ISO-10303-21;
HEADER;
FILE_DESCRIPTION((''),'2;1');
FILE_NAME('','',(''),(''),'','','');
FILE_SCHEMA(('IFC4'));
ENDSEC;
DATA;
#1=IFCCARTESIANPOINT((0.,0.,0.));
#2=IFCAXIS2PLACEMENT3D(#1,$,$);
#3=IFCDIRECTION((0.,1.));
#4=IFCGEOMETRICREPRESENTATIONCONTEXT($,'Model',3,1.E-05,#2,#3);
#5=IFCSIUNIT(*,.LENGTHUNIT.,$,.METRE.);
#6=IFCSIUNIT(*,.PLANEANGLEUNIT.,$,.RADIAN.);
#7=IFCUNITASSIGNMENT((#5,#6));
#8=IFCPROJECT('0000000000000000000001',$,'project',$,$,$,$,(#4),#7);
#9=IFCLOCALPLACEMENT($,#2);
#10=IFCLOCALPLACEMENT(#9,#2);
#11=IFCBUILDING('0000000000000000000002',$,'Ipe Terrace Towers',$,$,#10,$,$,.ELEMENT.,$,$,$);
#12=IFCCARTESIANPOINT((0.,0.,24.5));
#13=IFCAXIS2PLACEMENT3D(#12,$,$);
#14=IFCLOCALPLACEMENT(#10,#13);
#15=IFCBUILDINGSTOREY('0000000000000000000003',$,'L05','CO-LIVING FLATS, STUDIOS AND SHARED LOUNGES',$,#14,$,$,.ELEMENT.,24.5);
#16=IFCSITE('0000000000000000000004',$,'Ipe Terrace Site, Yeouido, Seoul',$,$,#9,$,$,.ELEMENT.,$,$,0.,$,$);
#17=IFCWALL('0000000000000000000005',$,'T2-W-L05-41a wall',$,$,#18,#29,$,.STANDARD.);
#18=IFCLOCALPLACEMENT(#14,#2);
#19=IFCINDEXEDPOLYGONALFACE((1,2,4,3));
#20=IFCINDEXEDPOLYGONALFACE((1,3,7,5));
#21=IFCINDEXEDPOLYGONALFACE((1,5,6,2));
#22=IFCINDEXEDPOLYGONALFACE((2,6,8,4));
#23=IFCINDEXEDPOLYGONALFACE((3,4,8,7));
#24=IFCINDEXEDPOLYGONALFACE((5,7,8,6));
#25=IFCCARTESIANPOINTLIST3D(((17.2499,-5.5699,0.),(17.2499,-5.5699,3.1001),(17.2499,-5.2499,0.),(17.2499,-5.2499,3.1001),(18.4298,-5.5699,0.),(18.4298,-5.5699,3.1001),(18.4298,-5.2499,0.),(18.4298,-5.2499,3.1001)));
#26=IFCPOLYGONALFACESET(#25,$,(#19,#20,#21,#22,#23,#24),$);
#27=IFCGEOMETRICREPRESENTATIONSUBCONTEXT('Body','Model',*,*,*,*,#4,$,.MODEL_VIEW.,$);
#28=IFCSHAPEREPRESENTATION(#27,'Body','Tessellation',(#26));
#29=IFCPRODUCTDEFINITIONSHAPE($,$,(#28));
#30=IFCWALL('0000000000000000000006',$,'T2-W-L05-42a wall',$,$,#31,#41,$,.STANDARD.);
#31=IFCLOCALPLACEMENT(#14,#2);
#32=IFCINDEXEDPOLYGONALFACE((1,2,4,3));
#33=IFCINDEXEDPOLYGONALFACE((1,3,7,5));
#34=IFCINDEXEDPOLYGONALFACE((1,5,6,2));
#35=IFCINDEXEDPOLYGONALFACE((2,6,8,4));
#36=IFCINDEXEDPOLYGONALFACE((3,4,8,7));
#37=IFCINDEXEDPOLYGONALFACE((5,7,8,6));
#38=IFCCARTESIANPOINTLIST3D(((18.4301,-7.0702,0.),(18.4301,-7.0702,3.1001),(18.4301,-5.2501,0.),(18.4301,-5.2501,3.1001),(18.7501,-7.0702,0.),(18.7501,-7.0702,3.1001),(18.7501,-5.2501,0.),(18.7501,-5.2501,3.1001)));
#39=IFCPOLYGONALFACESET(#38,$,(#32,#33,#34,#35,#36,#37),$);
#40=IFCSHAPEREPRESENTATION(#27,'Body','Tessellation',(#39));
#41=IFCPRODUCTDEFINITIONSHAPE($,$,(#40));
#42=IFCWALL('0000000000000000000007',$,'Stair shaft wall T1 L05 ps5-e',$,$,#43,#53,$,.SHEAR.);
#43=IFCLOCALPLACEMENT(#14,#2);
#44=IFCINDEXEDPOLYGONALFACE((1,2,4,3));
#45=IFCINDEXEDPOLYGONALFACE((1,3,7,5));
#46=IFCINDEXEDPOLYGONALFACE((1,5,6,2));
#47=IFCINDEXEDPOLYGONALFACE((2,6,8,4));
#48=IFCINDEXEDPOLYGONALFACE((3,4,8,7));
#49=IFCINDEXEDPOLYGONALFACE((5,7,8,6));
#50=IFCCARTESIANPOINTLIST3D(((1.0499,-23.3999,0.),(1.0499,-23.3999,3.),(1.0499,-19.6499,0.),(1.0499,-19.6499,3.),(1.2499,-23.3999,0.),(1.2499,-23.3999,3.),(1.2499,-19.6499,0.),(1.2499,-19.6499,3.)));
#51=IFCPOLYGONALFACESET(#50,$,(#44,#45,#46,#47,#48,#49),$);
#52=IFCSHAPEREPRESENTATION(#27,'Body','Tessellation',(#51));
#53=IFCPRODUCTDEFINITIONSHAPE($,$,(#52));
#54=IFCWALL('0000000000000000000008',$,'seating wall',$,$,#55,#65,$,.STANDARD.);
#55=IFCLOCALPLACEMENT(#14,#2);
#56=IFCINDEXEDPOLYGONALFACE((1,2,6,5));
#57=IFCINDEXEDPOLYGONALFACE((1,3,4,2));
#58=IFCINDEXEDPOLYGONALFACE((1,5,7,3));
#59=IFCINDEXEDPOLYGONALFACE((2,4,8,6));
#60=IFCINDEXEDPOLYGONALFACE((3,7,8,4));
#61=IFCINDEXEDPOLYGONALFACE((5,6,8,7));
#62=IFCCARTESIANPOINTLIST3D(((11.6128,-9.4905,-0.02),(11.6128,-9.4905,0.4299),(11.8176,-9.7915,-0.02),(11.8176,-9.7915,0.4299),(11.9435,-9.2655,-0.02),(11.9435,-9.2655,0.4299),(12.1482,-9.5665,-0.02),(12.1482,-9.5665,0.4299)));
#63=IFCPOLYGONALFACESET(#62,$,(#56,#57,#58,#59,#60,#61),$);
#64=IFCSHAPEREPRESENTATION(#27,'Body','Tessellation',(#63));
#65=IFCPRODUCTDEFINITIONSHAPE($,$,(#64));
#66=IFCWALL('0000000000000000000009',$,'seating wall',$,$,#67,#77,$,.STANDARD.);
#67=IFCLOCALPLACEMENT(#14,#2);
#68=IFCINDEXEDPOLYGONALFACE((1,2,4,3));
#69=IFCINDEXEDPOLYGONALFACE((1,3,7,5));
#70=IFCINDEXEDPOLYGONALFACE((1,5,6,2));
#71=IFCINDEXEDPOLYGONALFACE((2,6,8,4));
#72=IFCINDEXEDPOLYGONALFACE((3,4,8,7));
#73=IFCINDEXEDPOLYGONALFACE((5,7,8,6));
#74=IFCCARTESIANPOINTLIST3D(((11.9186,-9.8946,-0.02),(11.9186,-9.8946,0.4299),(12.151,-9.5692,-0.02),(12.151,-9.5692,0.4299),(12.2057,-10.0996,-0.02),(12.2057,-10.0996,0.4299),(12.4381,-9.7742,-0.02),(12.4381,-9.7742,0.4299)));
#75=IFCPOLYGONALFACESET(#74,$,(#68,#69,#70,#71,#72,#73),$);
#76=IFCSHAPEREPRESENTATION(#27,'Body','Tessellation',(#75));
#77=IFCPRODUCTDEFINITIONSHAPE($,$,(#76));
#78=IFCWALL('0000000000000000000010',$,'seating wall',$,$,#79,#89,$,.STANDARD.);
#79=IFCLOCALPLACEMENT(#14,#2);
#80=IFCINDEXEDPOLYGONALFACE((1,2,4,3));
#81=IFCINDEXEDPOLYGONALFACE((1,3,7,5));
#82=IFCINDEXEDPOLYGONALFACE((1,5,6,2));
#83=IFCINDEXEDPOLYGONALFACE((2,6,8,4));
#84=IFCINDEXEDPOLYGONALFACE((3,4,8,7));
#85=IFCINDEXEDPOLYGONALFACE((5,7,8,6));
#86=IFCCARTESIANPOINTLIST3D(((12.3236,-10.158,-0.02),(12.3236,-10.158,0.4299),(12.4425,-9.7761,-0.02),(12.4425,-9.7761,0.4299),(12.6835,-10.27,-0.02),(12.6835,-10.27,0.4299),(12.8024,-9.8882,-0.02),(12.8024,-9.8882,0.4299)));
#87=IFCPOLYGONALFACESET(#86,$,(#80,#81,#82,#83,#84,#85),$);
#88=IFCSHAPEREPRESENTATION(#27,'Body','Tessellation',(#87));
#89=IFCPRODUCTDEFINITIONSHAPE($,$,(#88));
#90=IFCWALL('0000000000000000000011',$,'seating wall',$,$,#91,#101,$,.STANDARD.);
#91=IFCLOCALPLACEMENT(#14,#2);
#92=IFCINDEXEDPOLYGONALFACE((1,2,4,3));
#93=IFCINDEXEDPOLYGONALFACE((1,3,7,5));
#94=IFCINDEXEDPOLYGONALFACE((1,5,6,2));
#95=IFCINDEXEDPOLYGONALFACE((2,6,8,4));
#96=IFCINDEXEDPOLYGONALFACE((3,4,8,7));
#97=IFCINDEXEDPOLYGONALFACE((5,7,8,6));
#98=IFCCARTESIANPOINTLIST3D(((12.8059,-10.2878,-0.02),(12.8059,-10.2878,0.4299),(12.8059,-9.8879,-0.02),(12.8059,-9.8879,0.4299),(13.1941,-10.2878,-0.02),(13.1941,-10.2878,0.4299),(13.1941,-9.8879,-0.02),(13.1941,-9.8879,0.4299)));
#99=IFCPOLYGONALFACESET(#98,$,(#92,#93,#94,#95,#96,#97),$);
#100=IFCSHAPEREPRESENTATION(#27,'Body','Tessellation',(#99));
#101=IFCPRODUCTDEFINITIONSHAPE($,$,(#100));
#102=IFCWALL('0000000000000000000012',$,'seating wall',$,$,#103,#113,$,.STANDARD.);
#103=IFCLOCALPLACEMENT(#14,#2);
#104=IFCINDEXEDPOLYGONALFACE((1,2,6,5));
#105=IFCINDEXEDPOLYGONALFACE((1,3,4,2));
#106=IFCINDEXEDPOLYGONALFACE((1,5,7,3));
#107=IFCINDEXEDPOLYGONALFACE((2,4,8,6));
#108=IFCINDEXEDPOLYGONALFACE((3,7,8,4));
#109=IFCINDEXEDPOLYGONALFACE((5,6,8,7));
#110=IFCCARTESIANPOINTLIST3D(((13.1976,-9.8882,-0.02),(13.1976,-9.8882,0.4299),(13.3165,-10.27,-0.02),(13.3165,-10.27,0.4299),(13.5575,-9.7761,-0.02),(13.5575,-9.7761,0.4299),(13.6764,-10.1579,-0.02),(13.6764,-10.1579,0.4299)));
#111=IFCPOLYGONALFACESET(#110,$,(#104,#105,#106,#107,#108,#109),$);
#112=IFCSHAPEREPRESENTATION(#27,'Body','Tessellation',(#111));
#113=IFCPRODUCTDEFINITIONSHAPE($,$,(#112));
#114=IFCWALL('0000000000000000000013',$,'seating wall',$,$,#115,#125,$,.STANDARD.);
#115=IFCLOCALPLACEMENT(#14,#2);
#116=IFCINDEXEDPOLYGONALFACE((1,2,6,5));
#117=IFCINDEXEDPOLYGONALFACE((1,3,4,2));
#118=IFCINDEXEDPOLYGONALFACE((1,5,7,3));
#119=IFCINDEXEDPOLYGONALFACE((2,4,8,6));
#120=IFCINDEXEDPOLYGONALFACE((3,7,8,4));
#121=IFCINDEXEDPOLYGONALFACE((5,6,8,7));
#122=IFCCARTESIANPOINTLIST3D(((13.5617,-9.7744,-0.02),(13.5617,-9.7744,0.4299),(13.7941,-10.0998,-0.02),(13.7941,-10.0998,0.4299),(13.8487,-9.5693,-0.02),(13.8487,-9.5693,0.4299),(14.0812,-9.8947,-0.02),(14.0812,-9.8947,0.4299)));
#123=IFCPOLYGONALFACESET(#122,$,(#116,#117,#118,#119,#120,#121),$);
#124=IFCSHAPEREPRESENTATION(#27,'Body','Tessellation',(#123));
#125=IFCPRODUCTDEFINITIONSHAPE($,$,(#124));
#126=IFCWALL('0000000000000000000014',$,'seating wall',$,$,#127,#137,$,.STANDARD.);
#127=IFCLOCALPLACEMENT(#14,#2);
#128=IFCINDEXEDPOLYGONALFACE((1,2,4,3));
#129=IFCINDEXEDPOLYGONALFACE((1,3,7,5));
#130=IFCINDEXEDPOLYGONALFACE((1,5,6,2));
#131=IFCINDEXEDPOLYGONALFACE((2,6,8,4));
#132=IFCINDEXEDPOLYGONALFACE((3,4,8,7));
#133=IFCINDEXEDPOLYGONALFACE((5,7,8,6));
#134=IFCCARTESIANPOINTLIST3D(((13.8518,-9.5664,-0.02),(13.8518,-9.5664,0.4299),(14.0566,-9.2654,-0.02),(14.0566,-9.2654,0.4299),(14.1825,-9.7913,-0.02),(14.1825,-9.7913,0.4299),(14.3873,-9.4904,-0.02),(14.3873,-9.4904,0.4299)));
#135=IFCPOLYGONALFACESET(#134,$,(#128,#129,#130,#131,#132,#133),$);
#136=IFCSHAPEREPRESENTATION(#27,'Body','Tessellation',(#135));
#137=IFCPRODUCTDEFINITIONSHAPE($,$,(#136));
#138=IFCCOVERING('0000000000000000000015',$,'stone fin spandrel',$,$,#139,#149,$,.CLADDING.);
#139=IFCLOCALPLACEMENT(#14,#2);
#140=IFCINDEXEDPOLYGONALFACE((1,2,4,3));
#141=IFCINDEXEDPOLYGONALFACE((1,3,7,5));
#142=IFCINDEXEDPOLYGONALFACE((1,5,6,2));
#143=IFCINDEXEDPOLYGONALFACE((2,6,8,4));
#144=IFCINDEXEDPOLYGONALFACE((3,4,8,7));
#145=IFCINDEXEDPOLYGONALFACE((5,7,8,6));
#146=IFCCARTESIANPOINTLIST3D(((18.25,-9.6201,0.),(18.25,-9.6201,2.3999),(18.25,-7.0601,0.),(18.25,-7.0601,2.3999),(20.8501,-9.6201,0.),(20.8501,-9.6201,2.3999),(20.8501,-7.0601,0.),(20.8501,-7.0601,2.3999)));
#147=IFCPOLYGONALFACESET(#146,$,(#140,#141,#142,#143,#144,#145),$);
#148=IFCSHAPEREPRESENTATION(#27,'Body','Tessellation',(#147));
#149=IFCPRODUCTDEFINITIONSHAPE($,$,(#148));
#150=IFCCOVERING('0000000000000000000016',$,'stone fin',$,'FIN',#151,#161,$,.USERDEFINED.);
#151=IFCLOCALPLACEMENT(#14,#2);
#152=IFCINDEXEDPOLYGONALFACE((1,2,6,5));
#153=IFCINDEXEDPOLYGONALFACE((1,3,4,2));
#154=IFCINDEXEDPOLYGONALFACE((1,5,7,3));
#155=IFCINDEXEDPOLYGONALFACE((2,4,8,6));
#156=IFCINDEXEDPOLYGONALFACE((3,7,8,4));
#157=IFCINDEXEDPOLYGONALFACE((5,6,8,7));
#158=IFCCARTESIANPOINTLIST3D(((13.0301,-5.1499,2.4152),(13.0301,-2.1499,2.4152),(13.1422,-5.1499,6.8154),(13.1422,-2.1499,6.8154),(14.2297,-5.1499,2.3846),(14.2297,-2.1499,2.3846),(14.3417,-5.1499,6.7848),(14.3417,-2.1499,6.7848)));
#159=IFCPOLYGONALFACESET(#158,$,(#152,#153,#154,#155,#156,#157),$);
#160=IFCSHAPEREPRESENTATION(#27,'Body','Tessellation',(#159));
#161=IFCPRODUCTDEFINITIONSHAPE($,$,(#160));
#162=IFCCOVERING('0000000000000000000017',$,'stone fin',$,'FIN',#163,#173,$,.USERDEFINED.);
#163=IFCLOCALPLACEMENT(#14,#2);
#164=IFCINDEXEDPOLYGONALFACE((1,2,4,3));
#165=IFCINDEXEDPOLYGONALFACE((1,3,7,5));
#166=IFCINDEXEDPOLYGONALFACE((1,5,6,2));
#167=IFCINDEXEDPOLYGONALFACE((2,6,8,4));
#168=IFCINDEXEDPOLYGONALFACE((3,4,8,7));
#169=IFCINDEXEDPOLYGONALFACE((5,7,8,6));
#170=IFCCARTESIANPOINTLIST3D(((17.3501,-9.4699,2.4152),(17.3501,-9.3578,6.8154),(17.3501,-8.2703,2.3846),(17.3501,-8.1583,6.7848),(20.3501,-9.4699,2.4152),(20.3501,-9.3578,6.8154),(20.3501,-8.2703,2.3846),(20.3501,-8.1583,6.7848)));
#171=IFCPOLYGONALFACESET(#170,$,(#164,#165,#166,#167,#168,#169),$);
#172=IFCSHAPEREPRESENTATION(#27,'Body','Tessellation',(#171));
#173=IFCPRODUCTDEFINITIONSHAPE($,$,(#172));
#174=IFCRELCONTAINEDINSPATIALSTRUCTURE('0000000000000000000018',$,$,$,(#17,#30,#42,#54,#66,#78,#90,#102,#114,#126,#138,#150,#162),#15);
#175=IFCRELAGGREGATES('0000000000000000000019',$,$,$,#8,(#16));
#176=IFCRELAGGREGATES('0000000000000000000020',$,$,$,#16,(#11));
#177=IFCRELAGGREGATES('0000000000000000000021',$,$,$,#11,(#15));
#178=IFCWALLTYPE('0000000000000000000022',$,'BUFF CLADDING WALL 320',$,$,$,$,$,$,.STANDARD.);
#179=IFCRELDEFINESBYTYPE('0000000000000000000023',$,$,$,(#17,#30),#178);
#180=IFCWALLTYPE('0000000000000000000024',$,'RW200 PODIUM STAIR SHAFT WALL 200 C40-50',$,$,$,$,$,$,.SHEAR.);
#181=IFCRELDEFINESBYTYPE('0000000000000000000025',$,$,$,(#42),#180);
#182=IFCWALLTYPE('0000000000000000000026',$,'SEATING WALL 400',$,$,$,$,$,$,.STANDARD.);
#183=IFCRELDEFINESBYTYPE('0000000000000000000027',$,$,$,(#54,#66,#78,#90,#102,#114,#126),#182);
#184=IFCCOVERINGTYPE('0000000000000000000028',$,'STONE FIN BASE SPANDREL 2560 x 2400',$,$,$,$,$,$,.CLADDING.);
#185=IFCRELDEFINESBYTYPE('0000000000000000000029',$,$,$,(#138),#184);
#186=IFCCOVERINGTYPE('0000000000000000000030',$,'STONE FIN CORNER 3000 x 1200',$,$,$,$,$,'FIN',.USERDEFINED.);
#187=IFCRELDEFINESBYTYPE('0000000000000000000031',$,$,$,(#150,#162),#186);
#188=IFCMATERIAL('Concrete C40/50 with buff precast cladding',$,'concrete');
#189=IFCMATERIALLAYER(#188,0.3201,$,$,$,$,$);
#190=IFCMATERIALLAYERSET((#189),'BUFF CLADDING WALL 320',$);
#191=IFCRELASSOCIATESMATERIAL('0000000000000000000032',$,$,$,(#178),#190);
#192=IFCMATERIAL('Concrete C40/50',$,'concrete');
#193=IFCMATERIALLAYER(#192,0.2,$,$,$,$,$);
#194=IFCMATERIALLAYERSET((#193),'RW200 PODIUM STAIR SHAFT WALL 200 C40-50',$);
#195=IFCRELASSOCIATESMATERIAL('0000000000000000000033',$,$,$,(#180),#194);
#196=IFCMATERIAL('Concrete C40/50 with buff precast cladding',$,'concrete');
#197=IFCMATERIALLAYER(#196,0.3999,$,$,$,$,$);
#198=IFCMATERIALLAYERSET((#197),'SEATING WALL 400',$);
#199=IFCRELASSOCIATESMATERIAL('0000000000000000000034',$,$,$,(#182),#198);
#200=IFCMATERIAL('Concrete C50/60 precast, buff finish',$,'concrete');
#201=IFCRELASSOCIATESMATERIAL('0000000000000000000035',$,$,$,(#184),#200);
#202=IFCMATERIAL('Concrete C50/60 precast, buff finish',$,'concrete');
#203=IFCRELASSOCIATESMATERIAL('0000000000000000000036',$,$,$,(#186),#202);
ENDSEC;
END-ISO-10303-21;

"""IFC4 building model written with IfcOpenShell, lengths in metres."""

from ifc_helpers import new_model, si_unit, direction, frame, frame_2d, origin, origin_2d, place, context, subcontext, project, spatial, rectangle, extrude, material, layer, layer_set, material_profile, profile_set, type_object, element, save


model = new_model("IFC4")

# Units and contexts
model_context = context("Model", 3, precision=1e-05, world=origin(), true_north=direction((0.0, 1.0)))
body_context = subcontext(model_context, "Body", "Model", "MODEL_VIEW")
ifc_project = project(units=[si_unit("LENGTHUNIT", "METRE"), si_unit("PLANEANGLEUNIT", "RADIAN")], contexts=[model_context])

# Site, building, storey
site_placement = place(None, origin())
site = spatial("IfcSite", under=ifc_project, at=site_placement, Name="Ipe Terrace Site, Yeouido, Seoul", CompositionType="ELEMENT", RefElevation=0.0)
building_placement = place(site_placement, origin())
building = spatial("IfcBuilding", under=site, at=building_placement, Name="Ipe Terrace Towers", CompositionType="ELEMENT")
storey_placement = place(building_placement, frame((0.0, 0.0, 24.5)))
storey = spatial("IfcBuildingStorey", under=building, at=storey_placement, Name="L05", Description="CO-LIVING FLATS, STUDIOS AND SHARED LOUNGES", CompositionType="ELEMENT", Elevation=24.5)

# Walls
ifc_material_1 = material(Name="Concrete C40/50 with buff precast cladding", Category="concrete")
ifc_layer_1 = layer(ifc_material_1, 0.3201)
ifc_layer_set_1 = layer_set([ifc_layer_1], Name="BUFF CLADDING WALL 320")
wall_type_1 = type_object("IfcWallType", Name="BUFF CLADDING WALL 320", PredefinedType="STANDARD", material=ifc_layer_set_1)
wall_1_placement = place(storey_placement, frame((17.25, -5.4099, 0.0), z_axis=(0.0, 0.0, 1.0), x_axis=(1.0, 0.0, 0.0)))
element("IfcWall", 1, at=wall_1_placement, inside=storey, type_object=wall_type_1, Name="T2-W-L05-41a wall", PredefinedType="STANDARD", context=body_context, shape_type="SweptSolid", body=[
    extrude(rectangle(XDim=1.1799, YDim=0.3201, at=frame_2d((0.5898, 0.0))), origin(), (0.0, 0.0, 1.0), 3.1001),
])
wall_2_placement = place(storey_placement, frame((18.5901, -5.25, 0.0), z_axis=(0.0, 0.0, 1.0), x_axis=(0.0, -1.0, 0.0)))
element("IfcWall", 2, at=wall_2_placement, inside=storey, type_object=wall_type_1, Name="T2-W-L05-42a wall", PredefinedType="STANDARD", context=body_context, shape_type="SweptSolid", body=[
    extrude(rectangle(XDim=1.8201, YDim=0.3201, at=frame_2d((0.9102, 0.0))), origin(), (0.0, 0.0, 1.0), 3.1001),
])
ifc_material_2 = material(Name="Concrete C40/50", Category="concrete")
ifc_layer_2 = layer(ifc_material_2, 0.2)
ifc_layer_set_2 = layer_set([ifc_layer_2], Name="RW200 PODIUM STAIR SHAFT WALL 200 C40-50")
wall_type_2 = type_object("IfcWallType", Name="RW200 PODIUM STAIR SHAFT WALL 200 C40-50", PredefinedType="SHEAR", material=ifc_layer_set_2)
wall_3_placement = place(storey_placement, frame((1.1499, -23.3999, 0.0), z_axis=(0.0, 0.0, 1.0), x_axis=(0.0, 1.0, 0.0)))
element("IfcWall", 3, at=wall_3_placement, inside=storey, type_object=wall_type_2, Name="Stair shaft wall T1 L05 ps5-e", PredefinedType="SHEAR", context=body_context, shape_type="SweptSolid", body=[
    extrude(rectangle(XDim=3.75, YDim=0.2, at=frame_2d((1.875, 0.0))), origin(), (0.0, 0.0, 1.0), 3.0),
])
ifc_material_3 = material(Name="Concrete C40/50 with buff precast cladding", Category="concrete")
ifc_layer_3 = layer(ifc_material_3, 0.3999)
ifc_layer_set_3 = layer_set([ifc_layer_3], Name="SEATING WALL 400")
wall_type_3 = type_object("IfcWallType", Name="SEATING WALL 400", PredefinedType="STANDARD", material=ifc_layer_set_3)
wall_4_placement = place(storey_placement, frame((11.7781, -9.3779, -0.02), z_axis=(0.0, 0.0, 1.0), x_axis=(0.562567, -0.826752, 0.0)))
element("IfcWall", 4, at=wall_4_placement, inside=storey, type_object=wall_type_3, Name="seating wall", PredefinedType="STANDARD", context=body_context, shape_type="SweptSolid", body=[
    extrude(rectangle(XDim=0.364, YDim=0.3999, at=frame_2d((0.1821, 0.0))), origin(), (0.0, 0.0, 1.0), 0.45),
])
wall_5_placement = place(storey_placement, frame((12.0349, -9.7319, -0.02), z_axis=(0.0, 0.0, 1.0), x_axis=(0.813733, -0.581238, 0.0)))
element("IfcWall", 5, at=wall_5_placement, inside=storey, type_object=wall_type_3, Name="seating wall", PredefinedType="STANDARD", context=body_context, shape_type="SweptSolid", body=[
    extrude(rectangle(XDim=0.3528, YDim=0.3999, at=frame_2d((0.1763, 0.0))), origin(), (0.0, 0.0, 1.0), 0.45),
])
wall_6_placement = place(storey_placement, frame((12.3831, -9.967, -0.02), z_axis=(0.0, 0.0, 1.0), x_axis=(0.954779, -0.297316, 0.0)))
element("IfcWall", 6, at=wall_6_placement, inside=storey, type_object=wall_type_3, Name="seating wall", PredefinedType="STANDARD", context=body_context, shape_type="SweptSolid", body=[
    extrude(rectangle(XDim=0.377, YDim=0.3999, at=frame_2d((0.1885, 0.0))), origin(), (0.0, 0.0, 1.0), 0.45),
])
wall_7_placement = place(storey_placement, frame((12.8059, -10.0879, -0.02), z_axis=(0.0, 0.0, 1.0), x_axis=(1.0, 0.0, 0.0)))
element("IfcWall", 7, at=wall_7_placement, inside=storey, type_object=wall_type_3, Name="seating wall", PredefinedType="STANDARD", context=body_context, shape_type="SweptSolid", body=[
    extrude(rectangle(XDim=0.3882, YDim=0.3999, at=frame_2d((0.1941, 0.0))), origin(), (0.0, 0.0, 1.0), 0.45),
])
wall_8_placement = place(storey_placement, frame((13.2571, -10.0791, -0.02), z_axis=(0.0, 0.0, 1.0), x_axis=(0.954779, 0.297316, 0.0)))
element("IfcWall", 8, at=wall_8_placement, inside=storey, type_object=wall_type_3, Name="seating wall", PredefinedType="STANDARD", context=body_context, shape_type="SweptSolid", body=[
    extrude(rectangle(XDim=0.377, YDim=0.3999, at=frame_2d((0.1885, 0.0))), origin(), (0.0, 0.0, 1.0), 0.45),
])
wall_9_placement = place(storey_placement, frame((13.678, -9.937, -0.02), z_axis=(0.0, 0.0, 1.0), x_axis=(0.813733, 0.581238, 0.0)))
element("IfcWall", 9, at=wall_9_placement, inside=storey, type_object=wall_type_3, Name="seating wall", PredefinedType="STANDARD", context=body_context, shape_type="SweptSolid", body=[
    extrude(rectangle(XDim=0.3528, YDim=0.3999, at=frame_2d((0.1763, 0.0))), origin(), (0.0, 0.0, 1.0), 0.45),
])
wall_10_placement = place(storey_placement, frame((14.0171, -9.679, -0.02), z_axis=(0.0, 0.0, 1.0), x_axis=(0.562567, 0.826752, 0.0)))
element("IfcWall", 10, at=wall_10_placement, inside=storey, type_object=wall_type_3, Name="seating wall", PredefinedType="STANDARD", context=body_context, shape_type="SweptSolid", body=[
    extrude(rectangle(XDim=0.364, YDim=0.3999, at=frame_2d((0.1821, 0.0))), origin(), (0.0, 0.0, 1.0), 0.45),
])

# Coverings
ifc_material_4 = material(Name="Concrete C50/60 precast, buff finish", Category="concrete")
ifc_material_profile_1 = material_profile(ifc_material_4, rectangle(XDim=2.5601, YDim=2.3999, at=origin_2d()), Name="STONE FIN BASE SPANDREL 2560 x 2400")
ifc_profile_set_1 = profile_set([ifc_material_profile_1], Name="Concrete C50/60 precast, buff finish")
covering_type_1 = type_object("IfcCoveringType", Name="STONE FIN BASE SPANDREL 2560 x 2400", PredefinedType="CLADDING", material=ifc_profile_set_1)
covering_placement = place(storey_placement, frame((18.25, -8.3401, 1.2), z_axis=(1.0, 0.0, 0.0), x_axis=(0.0, -1.0, 0.0)))
element("IfcCovering", 11, at=covering_placement, inside=storey, type_object=covering_type_1, Name="stone fin spandrel", PredefinedType="CLADDING", context=body_context, shape_type="SweptSolid", body=[
    extrude(rectangle(XDim=2.5601, YDim=2.3999, at=origin_2d()), origin(), (0.0, 0.0, 1.0), 2.6001),
])
ifc_material_5 = material(Name="Concrete C50/60 precast, buff finish", Category="concrete")
ifc_material_profile_2 = material_profile(ifc_material_5, rectangle(XDim=3.0, YDim=1.2, at=origin_2d()), Name="STONE FIN CORNER 3000 x 1200")
ifc_profile_set_2 = profile_set([ifc_material_profile_2], Name="Concrete C50/60 precast, buff finish")
covering_type_2 = type_object("IfcCoveringType", Name="STONE FIN CORNER 3000 x 1200", ElementType="FIN", PredefinedType="USERDEFINED", material=ifc_profile_set_2)
for number, where, z_axis, x_axis, name in (
    (12, (13.6299, -3.6499, 2.3999), (0.025459, 0.0, 0.999676), (0.0, -1.0, 0.0), "stone fin"),
    (13, (18.8501, -8.8701, 2.3999), (0.0, 0.025459, 0.999676), (1.0, 0.0, 0.0), "stone fin"),
):
    element("IfcCovering", number, at=place(storey_placement, frame(where, z_axis=z_axis, x_axis=x_axis)), inside=storey, type_object=covering_type_2, Name=name, ObjectType="FIN", PredefinedType="USERDEFINED", context=body_context, shape_type="SweptSolid", body=[
        extrude(rectangle(XDim=3.0, YDim=1.2, at=origin_2d()), origin(), (0.0, 0.0, 1.0), 4.4016),
    ])

save(model, "model.ifc")
